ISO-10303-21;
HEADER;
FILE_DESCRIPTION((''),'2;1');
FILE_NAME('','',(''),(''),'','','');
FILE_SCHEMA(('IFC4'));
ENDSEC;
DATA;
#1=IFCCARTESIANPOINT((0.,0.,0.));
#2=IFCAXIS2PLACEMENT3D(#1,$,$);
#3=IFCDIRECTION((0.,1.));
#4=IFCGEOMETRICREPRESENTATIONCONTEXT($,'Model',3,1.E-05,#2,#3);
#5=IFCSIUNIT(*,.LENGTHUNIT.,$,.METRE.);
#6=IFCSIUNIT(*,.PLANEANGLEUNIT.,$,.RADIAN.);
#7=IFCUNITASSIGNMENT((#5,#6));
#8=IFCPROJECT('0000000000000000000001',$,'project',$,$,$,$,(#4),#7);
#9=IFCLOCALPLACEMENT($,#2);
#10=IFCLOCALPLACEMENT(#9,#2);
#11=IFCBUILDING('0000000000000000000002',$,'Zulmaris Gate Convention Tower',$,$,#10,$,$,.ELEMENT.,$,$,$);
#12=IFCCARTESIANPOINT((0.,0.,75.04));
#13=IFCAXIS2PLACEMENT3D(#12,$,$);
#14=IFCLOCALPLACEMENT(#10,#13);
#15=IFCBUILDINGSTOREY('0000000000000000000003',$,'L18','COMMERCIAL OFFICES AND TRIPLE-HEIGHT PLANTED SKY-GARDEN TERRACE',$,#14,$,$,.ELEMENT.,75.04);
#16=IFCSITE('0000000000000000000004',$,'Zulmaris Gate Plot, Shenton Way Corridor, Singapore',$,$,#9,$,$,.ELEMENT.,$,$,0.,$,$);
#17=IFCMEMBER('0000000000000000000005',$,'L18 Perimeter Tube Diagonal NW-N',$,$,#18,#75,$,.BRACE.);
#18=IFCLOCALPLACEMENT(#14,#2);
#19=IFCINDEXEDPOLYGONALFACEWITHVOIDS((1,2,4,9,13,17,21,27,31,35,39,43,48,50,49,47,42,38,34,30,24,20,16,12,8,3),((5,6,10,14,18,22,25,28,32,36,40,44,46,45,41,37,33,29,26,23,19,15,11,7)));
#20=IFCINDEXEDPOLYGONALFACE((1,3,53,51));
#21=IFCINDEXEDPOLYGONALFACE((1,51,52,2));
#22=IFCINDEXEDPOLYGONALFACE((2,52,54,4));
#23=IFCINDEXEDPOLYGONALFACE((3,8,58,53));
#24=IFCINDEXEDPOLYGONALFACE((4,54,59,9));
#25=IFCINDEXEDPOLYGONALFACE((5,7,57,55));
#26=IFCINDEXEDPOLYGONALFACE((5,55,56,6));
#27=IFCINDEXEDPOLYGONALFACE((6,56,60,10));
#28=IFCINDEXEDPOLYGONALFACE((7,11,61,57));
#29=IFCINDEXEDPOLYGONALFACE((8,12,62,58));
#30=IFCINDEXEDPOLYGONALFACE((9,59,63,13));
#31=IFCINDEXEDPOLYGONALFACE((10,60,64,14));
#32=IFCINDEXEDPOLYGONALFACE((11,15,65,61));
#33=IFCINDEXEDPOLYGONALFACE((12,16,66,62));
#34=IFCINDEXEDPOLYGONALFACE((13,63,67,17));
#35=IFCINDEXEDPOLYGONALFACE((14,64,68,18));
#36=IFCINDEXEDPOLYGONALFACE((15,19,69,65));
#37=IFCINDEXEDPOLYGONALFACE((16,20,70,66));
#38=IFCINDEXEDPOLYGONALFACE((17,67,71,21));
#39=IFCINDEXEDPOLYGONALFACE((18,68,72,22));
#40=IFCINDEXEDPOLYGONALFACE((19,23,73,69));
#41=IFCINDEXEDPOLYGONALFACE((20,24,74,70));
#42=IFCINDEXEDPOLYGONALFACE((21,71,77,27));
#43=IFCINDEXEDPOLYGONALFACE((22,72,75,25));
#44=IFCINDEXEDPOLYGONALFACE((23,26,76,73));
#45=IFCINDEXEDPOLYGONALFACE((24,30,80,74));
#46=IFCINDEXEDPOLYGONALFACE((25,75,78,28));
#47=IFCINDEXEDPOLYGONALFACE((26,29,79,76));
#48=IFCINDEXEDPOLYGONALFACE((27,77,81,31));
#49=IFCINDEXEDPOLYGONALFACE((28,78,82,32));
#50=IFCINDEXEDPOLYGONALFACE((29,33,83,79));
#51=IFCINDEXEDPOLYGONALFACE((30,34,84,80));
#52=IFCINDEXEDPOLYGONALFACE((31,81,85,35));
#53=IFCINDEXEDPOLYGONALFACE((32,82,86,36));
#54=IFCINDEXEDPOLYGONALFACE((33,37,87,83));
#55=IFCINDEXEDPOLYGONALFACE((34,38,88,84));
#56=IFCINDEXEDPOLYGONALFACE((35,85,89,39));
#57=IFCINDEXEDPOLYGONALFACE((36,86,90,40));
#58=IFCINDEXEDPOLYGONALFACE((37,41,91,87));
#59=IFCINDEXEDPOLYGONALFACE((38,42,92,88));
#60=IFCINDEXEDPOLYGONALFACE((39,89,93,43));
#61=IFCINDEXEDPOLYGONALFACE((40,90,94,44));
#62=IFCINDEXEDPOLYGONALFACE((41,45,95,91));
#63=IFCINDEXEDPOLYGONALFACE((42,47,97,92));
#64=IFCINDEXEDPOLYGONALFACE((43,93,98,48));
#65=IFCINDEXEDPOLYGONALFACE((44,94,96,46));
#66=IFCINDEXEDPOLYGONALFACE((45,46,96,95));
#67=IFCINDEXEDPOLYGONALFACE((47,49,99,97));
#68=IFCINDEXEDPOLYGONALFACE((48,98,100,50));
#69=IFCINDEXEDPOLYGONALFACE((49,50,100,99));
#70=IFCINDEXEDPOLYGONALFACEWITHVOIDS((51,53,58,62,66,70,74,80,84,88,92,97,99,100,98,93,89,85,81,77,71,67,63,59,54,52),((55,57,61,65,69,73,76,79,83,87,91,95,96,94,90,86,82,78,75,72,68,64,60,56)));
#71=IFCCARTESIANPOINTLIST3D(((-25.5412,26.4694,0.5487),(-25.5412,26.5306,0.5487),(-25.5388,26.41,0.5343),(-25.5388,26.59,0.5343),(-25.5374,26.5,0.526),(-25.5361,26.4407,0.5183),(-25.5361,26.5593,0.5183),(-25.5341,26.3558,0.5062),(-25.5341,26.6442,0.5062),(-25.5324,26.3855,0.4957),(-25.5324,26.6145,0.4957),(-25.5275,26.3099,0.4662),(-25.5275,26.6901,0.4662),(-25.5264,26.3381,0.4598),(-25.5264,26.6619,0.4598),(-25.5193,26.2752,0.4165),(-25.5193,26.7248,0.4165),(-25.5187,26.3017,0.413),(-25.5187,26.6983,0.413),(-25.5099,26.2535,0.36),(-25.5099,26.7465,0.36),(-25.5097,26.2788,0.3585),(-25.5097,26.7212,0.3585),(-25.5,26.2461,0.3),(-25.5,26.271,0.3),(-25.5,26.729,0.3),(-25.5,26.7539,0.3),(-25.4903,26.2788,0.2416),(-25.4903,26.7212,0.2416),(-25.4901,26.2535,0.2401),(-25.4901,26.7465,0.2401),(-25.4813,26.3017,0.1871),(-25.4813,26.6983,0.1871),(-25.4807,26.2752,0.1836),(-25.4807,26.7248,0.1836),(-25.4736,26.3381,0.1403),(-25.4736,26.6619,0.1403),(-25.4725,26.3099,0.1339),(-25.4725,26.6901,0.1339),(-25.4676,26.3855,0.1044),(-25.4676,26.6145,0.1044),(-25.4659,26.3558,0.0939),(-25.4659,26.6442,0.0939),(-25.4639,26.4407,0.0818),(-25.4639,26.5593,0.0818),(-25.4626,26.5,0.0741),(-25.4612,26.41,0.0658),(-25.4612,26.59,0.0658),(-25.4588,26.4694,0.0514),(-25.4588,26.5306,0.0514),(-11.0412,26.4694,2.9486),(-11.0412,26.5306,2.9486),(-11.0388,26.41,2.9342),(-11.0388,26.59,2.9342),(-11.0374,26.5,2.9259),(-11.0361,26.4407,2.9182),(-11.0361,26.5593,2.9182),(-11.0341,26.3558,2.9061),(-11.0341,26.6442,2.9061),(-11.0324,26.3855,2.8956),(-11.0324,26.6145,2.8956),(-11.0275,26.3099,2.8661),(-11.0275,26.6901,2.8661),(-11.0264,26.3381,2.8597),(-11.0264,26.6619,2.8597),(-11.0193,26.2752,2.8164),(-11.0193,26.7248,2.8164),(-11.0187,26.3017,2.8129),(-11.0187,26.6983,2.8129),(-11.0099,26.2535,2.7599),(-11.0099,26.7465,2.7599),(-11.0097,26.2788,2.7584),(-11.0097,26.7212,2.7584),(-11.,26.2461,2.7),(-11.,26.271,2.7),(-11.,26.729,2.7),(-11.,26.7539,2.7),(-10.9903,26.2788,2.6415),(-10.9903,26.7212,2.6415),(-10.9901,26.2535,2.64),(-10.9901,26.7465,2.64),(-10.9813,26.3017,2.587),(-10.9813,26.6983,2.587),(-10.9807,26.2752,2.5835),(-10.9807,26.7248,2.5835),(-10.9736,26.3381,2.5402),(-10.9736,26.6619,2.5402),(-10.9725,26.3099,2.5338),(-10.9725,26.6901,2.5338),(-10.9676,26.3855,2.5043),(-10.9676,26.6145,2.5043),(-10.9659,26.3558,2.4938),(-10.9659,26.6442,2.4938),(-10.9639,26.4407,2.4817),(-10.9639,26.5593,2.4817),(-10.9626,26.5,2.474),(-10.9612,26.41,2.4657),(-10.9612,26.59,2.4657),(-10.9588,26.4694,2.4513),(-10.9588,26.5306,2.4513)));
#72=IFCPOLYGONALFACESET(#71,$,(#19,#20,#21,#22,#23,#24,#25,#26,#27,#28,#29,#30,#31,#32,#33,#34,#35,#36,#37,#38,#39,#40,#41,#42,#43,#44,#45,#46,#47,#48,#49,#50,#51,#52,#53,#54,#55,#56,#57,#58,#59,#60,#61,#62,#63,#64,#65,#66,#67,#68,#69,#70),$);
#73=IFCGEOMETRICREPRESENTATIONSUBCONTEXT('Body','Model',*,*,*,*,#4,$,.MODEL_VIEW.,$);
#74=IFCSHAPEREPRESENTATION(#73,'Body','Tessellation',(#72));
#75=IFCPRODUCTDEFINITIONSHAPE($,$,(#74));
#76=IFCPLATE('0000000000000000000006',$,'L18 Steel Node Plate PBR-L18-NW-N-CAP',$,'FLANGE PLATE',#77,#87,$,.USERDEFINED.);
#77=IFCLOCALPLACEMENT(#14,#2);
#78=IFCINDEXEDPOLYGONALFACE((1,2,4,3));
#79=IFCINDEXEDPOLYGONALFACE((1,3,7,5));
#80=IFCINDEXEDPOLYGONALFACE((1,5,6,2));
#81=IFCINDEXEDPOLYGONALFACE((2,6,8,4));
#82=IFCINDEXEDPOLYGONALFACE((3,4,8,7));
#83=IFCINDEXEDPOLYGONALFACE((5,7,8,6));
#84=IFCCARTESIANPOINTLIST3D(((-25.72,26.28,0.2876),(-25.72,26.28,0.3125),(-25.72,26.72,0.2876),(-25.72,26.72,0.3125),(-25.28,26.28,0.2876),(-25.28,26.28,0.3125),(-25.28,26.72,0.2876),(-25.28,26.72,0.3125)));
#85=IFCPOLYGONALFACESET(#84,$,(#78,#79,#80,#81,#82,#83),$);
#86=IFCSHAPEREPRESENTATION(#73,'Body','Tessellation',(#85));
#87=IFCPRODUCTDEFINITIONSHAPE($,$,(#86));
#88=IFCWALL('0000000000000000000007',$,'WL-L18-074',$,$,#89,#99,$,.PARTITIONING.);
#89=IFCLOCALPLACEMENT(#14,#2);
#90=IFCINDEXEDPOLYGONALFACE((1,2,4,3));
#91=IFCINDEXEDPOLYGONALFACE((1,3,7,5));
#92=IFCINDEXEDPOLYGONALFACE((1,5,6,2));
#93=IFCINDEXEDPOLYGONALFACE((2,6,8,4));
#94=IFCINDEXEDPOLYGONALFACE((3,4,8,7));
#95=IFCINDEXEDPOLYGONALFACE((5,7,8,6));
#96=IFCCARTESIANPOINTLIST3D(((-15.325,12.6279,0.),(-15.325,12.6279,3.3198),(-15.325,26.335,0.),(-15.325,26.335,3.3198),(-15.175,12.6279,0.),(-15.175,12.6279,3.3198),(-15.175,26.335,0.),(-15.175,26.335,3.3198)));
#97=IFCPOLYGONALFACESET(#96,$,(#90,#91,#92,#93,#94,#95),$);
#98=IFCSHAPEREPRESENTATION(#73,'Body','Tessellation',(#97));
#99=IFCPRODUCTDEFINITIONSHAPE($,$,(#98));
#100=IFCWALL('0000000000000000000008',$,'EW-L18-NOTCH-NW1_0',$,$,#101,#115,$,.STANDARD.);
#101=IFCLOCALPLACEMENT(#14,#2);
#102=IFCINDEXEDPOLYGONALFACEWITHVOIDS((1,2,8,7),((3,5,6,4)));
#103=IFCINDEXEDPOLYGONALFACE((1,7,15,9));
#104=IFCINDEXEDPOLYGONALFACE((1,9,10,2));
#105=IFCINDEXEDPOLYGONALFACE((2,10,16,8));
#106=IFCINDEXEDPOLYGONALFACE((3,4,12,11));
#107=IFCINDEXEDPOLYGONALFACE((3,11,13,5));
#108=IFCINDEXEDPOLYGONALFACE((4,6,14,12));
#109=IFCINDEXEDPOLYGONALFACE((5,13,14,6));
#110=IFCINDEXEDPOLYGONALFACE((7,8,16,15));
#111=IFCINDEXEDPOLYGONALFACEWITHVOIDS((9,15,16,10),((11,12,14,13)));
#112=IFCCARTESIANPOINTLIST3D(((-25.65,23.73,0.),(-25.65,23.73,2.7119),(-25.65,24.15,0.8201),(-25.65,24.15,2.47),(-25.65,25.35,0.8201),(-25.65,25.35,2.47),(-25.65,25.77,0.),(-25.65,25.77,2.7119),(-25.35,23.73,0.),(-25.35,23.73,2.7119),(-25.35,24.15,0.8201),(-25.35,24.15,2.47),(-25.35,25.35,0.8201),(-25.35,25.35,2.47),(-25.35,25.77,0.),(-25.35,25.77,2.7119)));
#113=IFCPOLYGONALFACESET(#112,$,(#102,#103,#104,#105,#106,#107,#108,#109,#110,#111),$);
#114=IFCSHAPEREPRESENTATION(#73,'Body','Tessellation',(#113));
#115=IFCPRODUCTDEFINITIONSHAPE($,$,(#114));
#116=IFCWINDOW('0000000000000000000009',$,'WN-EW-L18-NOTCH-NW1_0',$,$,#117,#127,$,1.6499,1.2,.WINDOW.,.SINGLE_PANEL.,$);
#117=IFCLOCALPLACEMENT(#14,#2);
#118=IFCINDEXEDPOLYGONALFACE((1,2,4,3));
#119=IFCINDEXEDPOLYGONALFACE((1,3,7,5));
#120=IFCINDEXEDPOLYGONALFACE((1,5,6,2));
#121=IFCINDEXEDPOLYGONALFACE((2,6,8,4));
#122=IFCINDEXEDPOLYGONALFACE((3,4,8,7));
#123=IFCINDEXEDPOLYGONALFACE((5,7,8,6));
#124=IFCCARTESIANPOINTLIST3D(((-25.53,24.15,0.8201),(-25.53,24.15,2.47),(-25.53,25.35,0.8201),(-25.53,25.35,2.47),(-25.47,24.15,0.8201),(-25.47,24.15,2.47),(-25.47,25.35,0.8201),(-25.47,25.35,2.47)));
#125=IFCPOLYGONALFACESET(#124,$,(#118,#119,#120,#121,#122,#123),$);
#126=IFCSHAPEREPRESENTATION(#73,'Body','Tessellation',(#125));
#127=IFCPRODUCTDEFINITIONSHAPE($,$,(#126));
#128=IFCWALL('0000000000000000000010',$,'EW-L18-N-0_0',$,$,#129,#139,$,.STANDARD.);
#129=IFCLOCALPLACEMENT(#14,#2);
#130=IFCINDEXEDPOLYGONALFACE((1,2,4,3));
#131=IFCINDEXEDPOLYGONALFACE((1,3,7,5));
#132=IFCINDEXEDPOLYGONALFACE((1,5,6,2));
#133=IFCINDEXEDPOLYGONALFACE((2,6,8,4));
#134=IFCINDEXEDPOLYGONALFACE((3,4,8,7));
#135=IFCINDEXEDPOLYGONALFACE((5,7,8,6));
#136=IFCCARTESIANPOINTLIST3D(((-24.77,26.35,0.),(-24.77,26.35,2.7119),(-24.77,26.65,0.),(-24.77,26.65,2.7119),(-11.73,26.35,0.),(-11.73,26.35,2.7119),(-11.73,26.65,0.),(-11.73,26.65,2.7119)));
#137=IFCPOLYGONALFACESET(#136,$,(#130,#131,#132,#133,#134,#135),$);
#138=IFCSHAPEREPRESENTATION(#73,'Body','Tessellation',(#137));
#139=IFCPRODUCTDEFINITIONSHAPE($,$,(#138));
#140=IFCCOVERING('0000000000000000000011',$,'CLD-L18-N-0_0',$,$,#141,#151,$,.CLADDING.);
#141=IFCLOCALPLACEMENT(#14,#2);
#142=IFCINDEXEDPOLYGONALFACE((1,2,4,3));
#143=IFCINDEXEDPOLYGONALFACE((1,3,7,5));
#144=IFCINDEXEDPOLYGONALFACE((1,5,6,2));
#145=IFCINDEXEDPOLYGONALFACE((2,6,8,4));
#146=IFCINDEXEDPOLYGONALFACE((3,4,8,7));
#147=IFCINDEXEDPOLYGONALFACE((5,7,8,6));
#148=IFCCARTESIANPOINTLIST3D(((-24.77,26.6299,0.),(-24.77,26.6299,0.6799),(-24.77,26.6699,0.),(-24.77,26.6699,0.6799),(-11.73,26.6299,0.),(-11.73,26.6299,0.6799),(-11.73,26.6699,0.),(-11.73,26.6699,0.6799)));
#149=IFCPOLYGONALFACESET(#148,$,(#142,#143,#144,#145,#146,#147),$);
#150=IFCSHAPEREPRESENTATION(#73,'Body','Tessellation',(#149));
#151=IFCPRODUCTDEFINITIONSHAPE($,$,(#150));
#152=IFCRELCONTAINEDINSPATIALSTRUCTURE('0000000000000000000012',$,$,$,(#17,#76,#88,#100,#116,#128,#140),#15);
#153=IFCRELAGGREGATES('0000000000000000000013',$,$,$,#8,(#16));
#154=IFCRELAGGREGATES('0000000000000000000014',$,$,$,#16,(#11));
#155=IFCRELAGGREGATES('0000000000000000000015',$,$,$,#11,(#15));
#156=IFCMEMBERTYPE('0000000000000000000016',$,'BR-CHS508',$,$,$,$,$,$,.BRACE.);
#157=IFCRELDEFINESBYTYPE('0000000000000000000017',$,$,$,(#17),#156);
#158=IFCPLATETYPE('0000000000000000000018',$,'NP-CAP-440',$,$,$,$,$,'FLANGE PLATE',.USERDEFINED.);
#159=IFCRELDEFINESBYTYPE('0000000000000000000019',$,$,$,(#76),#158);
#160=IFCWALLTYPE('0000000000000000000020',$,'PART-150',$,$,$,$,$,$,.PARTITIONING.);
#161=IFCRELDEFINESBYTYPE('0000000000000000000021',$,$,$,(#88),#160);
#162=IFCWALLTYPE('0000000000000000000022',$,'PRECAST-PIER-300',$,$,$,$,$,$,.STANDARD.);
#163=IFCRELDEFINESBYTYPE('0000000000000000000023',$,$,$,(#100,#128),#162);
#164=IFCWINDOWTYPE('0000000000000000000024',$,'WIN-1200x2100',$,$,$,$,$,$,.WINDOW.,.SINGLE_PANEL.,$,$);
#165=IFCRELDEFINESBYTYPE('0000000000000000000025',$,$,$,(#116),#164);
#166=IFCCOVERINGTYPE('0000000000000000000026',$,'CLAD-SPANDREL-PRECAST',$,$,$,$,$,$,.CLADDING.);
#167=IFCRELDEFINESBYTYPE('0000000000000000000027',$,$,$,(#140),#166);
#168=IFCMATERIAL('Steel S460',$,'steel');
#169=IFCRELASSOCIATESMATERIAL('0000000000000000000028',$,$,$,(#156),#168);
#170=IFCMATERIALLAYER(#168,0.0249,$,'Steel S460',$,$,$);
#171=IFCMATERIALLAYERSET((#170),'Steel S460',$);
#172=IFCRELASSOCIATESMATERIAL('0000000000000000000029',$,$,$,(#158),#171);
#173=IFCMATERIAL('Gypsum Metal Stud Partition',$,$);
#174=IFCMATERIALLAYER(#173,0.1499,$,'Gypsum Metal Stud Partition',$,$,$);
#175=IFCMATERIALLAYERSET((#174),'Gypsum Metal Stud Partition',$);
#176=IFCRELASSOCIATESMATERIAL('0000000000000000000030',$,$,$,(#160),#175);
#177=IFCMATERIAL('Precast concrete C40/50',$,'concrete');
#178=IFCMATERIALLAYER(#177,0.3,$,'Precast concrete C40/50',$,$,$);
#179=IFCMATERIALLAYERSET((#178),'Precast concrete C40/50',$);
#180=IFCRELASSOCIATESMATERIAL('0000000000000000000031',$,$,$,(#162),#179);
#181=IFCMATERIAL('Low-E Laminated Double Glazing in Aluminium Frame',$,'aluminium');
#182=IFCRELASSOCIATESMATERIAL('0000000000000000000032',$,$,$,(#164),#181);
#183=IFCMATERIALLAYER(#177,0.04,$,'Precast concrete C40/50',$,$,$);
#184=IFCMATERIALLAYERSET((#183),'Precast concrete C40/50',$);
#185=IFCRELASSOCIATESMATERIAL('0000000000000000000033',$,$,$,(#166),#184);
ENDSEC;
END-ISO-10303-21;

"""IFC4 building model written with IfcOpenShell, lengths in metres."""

from ifc_helpers import new_model, si_unit, direction, frame, frame_2d, origin, origin_2d, place, context, subcontext, project, spatial, rectangle, hollow_circle, extrude, material, layer, layer_set, material_profile, profile_set, type_object, element, fill, save


model = new_model("IFC4")

# Units and contexts
model_context = context("Model", 3, precision=1e-05, world=origin(), true_north=direction((0.0, 1.0)))
body_context = subcontext(model_context, "Body", "Model", "MODEL_VIEW")
ifc_project = project(units=[si_unit("LENGTHUNIT", "METRE"), si_unit("PLANEANGLEUNIT", "RADIAN")], contexts=[model_context])

# Site, building, storey
site_placement = place(None, origin())
site = spatial("IfcSite", under=ifc_project, at=site_placement, Name="Zulmaris Gate Plot, Shenton Way Corridor, Singapore", CompositionType="ELEMENT", RefElevation=0.0)
building_placement = place(site_placement, origin())
building = spatial("IfcBuilding", under=site, at=building_placement, Name="Zulmaris Gate Convention Tower", CompositionType="ELEMENT")
storey_placement = place(building_placement, frame((0.0, 0.0, 75.04)))
storey = spatial("IfcBuildingStorey", under=building, at=storey_placement, Name="L18", Description="COMMERCIAL OFFICES AND TRIPLE-HEIGHT PLANTED SKY-GARDEN TERRACE", CompositionType="ELEMENT", Elevation=75.04)

# Member
ifc_material_1 = material(Name="Steel S460", Category="steel")
ifc_material_profile_1 = material_profile(ifc_material_1, hollow_circle(Radius=0.2539, WallThickness=0.0249, at=origin_2d()), Name="CHS 508x25")
ifc_profile_set_1 = profile_set([ifc_material_profile_1], Name="Steel S460")
member_type = type_object("IfcMemberType", Name="BR-CHS508", PredefinedType="BRACE", material=ifc_profile_set_1)
member_placement = place(storey_placement, frame((-25.5, 26.5, 0.3), z_axis=(0.986578, 0.0, 0.163289), x_axis=(0.0, 1.0, 0.0)))
element("IfcMember", 1, at=member_placement, inside=storey, type_object=member_type, Name="L18 Perimeter Tube Diagonal NW-N", PredefinedType="BRACE", context=body_context, shape_type="SweptSolid", body=[
    extrude(hollow_circle(Radius=0.2539, WallThickness=0.0249, at=origin_2d()), origin(), (0.0, 0.0, 1.0), 14.6973),
])

# Plate
ifc_layer_1 = layer(ifc_material_1, 0.0249, Name="Steel S460")
ifc_layer_set_1 = layer_set([ifc_layer_1], Name="Steel S460")
plate_type = type_object("IfcPlateType", Name="NP-CAP-440", ElementType="FLANGE PLATE", PredefinedType="USERDEFINED", material=ifc_layer_set_1)
plate_placement = place(storey_placement, frame((-25.5, 26.5, 0.2876), z_axis=(0.0, 0.0, 1.0), x_axis=(1.0, 0.0, 0.0)))
element("IfcPlate", 2, at=plate_placement, inside=storey, type_object=plate_type, Name="L18 Steel Node Plate PBR-L18-NW-N-CAP", ObjectType="FLANGE PLATE", PredefinedType="USERDEFINED", context=body_context, shape_type="SweptSolid", body=[
    extrude(rectangle(XDim=0.4399, YDim=0.4399, at=origin_2d()), origin(), (0.0, 0.0, 1.0), 0.0249),
])

# Shared definitions
ifc_material_2 = material(Name="Gypsum Metal Stud Partition")
ifc_layer_2 = layer(ifc_material_2, 0.1499, Name="Gypsum Metal Stud Partition")
ifc_layer_set_2 = layer_set([ifc_layer_2], Name="Gypsum Metal Stud Partition")
wall_type_1 = type_object("IfcWallType", Name="PART-150", PredefinedType="PARTITIONING", material=ifc_layer_set_2)

# Wall
wall_1_placement = place(storey_placement, frame((-15.25, 12.6279, 0.0), z_axis=(0.0, 0.0, 1.0), x_axis=(0.0, 1.0, 0.0)))
element("IfcWall", 3, at=wall_1_placement, inside=storey, type_object=wall_type_1, Name="WL-L18-074", PredefinedType="PARTITIONING", context=body_context, shape_type="SweptSolid", body=[
    extrude(rectangle(XDim=13.707, YDim=0.1499, at=frame_2d((6.8535, 0.0))), origin(), (0.0, 0.0, 1.0), 3.3198),
])

# Wall, opening, window
ifc_material_3 = material(Name="Precast concrete C40/50", Category="concrete")
ifc_layer_3 = layer(ifc_material_3, 0.3, Name="Precast concrete C40/50")
ifc_layer_set_3 = layer_set([ifc_layer_3], Name="Precast concrete C40/50")
wall_type_2 = type_object("IfcWallType", Name="PRECAST-PIER-300", PredefinedType="STANDARD", material=ifc_layer_set_3)
wall_2_placement = place(storey_placement, frame((-25.5, 25.77, 0.0), z_axis=(0.0, 0.0, 1.0), x_axis=(0.0, -1.0, 0.0)))
wall_2 = element("IfcWall", 4, at=wall_2_placement, inside=storey, type_object=wall_type_2, Name="EW-L18-NOTCH-NW1_0", PredefinedType="STANDARD", context=body_context, shape_type="SweptSolid", body=[
    extrude(rectangle(XDim=2.04, YDim=0.3, at=frame_2d((1.02, 0.0))), origin(), (0.0, 0.0, 1.0), 2.7119),
])
opening_1_placement = place(wall_2_placement, frame((0.4199, 0.0, 0.8201)))
opening_1 = element("IfcOpeningElement", 5, at=opening_1_placement, cuts=wall_2, PredefinedType="OPENING", context=body_context, shape_type="SweptSolid", body=[
    extrude(rectangle(XDim=1.2, YDim=1.6499, at=frame_2d((0.6001, 0.825))), frame((0.0, 0.1602, 0.0), z_axis=(0.0, -1.0, 0.0), x_axis=(1.0, 0.0, 0.0)), (0.0, 0.0, 1.0), 0.3201),
])
ifc_material_4 = material(Name="Low-E Laminated Double Glazing in Aluminium Frame", Category="aluminium")
window_type = type_object("IfcWindowType", Name="WIN-1200x2100", PartitioningType="SINGLE_PANEL", PredefinedType="WINDOW", material=ifc_material_4)
window_placement = place(opening_1_placement, origin())
window = element("IfcWindow", 6, at=window_placement, inside=storey, type_object=window_type, Name="WN-EW-L18-NOTCH-NW1_0", OverallHeight=1.6499, OverallWidth=1.2, PartitioningType="SINGLE_PANEL", PredefinedType="WINDOW", context=body_context, shape_type="SweptSolid", body=[
    extrude(rectangle(XDim=1.2, YDim=1.6499, at=frame_2d((0.6001, 0.825))), frame((0.0, 0.03, 0.0), z_axis=(0.0, -1.0, 0.0), x_axis=(1.0, 0.0, 0.0)), (0.0, 0.0, 1.0), 0.0601),
])
fill(opening_1, window)

# Wall
wall_3_placement = place(storey_placement, frame((-11.73, 26.5, 0.0), z_axis=(0.0, 0.0, 1.0), x_axis=(-1.0, 0.0, 0.0)))
element("IfcWall", 7, at=wall_3_placement, inside=storey, type_object=wall_type_2, Name="EW-L18-N-0_0", PredefinedType="STANDARD", context=body_context, shape_type="SweptSolid", body=[
    extrude(rectangle(XDim=13.04, YDim=0.3, at=frame_2d((6.52, 0.0))), origin(), (0.0, 0.0, 1.0), 2.7119),
])

# Covering
ifc_layer_4 = layer(ifc_material_3, 0.04, Name="Precast concrete C40/50")
ifc_layer_set_4 = layer_set([ifc_layer_4], Name="Precast concrete C40/50")
covering_type = type_object("IfcCoveringType", Name="CLAD-SPANDREL-PRECAST", PredefinedType="CLADDING", material=ifc_layer_set_4)
covering_placement = place(storey_placement, frame((-11.73, 26.6499, 0.0), z_axis=(0.0, 0.0, 1.0), x_axis=(-1.0, 0.0, 0.0)))
element("IfcCovering", 8, at=covering_placement, inside=storey, type_object=covering_type, Name="CLD-L18-N-0_0", PredefinedType="CLADDING", context=body_context, shape_type="SweptSolid", body=[
    extrude(rectangle(XDim=13.04, YDim=0.04, at=frame_2d((6.52, 0.0))), origin(), (0.0, 0.0, 1.0), 0.6799),
])

save(model, "model.ifc")
